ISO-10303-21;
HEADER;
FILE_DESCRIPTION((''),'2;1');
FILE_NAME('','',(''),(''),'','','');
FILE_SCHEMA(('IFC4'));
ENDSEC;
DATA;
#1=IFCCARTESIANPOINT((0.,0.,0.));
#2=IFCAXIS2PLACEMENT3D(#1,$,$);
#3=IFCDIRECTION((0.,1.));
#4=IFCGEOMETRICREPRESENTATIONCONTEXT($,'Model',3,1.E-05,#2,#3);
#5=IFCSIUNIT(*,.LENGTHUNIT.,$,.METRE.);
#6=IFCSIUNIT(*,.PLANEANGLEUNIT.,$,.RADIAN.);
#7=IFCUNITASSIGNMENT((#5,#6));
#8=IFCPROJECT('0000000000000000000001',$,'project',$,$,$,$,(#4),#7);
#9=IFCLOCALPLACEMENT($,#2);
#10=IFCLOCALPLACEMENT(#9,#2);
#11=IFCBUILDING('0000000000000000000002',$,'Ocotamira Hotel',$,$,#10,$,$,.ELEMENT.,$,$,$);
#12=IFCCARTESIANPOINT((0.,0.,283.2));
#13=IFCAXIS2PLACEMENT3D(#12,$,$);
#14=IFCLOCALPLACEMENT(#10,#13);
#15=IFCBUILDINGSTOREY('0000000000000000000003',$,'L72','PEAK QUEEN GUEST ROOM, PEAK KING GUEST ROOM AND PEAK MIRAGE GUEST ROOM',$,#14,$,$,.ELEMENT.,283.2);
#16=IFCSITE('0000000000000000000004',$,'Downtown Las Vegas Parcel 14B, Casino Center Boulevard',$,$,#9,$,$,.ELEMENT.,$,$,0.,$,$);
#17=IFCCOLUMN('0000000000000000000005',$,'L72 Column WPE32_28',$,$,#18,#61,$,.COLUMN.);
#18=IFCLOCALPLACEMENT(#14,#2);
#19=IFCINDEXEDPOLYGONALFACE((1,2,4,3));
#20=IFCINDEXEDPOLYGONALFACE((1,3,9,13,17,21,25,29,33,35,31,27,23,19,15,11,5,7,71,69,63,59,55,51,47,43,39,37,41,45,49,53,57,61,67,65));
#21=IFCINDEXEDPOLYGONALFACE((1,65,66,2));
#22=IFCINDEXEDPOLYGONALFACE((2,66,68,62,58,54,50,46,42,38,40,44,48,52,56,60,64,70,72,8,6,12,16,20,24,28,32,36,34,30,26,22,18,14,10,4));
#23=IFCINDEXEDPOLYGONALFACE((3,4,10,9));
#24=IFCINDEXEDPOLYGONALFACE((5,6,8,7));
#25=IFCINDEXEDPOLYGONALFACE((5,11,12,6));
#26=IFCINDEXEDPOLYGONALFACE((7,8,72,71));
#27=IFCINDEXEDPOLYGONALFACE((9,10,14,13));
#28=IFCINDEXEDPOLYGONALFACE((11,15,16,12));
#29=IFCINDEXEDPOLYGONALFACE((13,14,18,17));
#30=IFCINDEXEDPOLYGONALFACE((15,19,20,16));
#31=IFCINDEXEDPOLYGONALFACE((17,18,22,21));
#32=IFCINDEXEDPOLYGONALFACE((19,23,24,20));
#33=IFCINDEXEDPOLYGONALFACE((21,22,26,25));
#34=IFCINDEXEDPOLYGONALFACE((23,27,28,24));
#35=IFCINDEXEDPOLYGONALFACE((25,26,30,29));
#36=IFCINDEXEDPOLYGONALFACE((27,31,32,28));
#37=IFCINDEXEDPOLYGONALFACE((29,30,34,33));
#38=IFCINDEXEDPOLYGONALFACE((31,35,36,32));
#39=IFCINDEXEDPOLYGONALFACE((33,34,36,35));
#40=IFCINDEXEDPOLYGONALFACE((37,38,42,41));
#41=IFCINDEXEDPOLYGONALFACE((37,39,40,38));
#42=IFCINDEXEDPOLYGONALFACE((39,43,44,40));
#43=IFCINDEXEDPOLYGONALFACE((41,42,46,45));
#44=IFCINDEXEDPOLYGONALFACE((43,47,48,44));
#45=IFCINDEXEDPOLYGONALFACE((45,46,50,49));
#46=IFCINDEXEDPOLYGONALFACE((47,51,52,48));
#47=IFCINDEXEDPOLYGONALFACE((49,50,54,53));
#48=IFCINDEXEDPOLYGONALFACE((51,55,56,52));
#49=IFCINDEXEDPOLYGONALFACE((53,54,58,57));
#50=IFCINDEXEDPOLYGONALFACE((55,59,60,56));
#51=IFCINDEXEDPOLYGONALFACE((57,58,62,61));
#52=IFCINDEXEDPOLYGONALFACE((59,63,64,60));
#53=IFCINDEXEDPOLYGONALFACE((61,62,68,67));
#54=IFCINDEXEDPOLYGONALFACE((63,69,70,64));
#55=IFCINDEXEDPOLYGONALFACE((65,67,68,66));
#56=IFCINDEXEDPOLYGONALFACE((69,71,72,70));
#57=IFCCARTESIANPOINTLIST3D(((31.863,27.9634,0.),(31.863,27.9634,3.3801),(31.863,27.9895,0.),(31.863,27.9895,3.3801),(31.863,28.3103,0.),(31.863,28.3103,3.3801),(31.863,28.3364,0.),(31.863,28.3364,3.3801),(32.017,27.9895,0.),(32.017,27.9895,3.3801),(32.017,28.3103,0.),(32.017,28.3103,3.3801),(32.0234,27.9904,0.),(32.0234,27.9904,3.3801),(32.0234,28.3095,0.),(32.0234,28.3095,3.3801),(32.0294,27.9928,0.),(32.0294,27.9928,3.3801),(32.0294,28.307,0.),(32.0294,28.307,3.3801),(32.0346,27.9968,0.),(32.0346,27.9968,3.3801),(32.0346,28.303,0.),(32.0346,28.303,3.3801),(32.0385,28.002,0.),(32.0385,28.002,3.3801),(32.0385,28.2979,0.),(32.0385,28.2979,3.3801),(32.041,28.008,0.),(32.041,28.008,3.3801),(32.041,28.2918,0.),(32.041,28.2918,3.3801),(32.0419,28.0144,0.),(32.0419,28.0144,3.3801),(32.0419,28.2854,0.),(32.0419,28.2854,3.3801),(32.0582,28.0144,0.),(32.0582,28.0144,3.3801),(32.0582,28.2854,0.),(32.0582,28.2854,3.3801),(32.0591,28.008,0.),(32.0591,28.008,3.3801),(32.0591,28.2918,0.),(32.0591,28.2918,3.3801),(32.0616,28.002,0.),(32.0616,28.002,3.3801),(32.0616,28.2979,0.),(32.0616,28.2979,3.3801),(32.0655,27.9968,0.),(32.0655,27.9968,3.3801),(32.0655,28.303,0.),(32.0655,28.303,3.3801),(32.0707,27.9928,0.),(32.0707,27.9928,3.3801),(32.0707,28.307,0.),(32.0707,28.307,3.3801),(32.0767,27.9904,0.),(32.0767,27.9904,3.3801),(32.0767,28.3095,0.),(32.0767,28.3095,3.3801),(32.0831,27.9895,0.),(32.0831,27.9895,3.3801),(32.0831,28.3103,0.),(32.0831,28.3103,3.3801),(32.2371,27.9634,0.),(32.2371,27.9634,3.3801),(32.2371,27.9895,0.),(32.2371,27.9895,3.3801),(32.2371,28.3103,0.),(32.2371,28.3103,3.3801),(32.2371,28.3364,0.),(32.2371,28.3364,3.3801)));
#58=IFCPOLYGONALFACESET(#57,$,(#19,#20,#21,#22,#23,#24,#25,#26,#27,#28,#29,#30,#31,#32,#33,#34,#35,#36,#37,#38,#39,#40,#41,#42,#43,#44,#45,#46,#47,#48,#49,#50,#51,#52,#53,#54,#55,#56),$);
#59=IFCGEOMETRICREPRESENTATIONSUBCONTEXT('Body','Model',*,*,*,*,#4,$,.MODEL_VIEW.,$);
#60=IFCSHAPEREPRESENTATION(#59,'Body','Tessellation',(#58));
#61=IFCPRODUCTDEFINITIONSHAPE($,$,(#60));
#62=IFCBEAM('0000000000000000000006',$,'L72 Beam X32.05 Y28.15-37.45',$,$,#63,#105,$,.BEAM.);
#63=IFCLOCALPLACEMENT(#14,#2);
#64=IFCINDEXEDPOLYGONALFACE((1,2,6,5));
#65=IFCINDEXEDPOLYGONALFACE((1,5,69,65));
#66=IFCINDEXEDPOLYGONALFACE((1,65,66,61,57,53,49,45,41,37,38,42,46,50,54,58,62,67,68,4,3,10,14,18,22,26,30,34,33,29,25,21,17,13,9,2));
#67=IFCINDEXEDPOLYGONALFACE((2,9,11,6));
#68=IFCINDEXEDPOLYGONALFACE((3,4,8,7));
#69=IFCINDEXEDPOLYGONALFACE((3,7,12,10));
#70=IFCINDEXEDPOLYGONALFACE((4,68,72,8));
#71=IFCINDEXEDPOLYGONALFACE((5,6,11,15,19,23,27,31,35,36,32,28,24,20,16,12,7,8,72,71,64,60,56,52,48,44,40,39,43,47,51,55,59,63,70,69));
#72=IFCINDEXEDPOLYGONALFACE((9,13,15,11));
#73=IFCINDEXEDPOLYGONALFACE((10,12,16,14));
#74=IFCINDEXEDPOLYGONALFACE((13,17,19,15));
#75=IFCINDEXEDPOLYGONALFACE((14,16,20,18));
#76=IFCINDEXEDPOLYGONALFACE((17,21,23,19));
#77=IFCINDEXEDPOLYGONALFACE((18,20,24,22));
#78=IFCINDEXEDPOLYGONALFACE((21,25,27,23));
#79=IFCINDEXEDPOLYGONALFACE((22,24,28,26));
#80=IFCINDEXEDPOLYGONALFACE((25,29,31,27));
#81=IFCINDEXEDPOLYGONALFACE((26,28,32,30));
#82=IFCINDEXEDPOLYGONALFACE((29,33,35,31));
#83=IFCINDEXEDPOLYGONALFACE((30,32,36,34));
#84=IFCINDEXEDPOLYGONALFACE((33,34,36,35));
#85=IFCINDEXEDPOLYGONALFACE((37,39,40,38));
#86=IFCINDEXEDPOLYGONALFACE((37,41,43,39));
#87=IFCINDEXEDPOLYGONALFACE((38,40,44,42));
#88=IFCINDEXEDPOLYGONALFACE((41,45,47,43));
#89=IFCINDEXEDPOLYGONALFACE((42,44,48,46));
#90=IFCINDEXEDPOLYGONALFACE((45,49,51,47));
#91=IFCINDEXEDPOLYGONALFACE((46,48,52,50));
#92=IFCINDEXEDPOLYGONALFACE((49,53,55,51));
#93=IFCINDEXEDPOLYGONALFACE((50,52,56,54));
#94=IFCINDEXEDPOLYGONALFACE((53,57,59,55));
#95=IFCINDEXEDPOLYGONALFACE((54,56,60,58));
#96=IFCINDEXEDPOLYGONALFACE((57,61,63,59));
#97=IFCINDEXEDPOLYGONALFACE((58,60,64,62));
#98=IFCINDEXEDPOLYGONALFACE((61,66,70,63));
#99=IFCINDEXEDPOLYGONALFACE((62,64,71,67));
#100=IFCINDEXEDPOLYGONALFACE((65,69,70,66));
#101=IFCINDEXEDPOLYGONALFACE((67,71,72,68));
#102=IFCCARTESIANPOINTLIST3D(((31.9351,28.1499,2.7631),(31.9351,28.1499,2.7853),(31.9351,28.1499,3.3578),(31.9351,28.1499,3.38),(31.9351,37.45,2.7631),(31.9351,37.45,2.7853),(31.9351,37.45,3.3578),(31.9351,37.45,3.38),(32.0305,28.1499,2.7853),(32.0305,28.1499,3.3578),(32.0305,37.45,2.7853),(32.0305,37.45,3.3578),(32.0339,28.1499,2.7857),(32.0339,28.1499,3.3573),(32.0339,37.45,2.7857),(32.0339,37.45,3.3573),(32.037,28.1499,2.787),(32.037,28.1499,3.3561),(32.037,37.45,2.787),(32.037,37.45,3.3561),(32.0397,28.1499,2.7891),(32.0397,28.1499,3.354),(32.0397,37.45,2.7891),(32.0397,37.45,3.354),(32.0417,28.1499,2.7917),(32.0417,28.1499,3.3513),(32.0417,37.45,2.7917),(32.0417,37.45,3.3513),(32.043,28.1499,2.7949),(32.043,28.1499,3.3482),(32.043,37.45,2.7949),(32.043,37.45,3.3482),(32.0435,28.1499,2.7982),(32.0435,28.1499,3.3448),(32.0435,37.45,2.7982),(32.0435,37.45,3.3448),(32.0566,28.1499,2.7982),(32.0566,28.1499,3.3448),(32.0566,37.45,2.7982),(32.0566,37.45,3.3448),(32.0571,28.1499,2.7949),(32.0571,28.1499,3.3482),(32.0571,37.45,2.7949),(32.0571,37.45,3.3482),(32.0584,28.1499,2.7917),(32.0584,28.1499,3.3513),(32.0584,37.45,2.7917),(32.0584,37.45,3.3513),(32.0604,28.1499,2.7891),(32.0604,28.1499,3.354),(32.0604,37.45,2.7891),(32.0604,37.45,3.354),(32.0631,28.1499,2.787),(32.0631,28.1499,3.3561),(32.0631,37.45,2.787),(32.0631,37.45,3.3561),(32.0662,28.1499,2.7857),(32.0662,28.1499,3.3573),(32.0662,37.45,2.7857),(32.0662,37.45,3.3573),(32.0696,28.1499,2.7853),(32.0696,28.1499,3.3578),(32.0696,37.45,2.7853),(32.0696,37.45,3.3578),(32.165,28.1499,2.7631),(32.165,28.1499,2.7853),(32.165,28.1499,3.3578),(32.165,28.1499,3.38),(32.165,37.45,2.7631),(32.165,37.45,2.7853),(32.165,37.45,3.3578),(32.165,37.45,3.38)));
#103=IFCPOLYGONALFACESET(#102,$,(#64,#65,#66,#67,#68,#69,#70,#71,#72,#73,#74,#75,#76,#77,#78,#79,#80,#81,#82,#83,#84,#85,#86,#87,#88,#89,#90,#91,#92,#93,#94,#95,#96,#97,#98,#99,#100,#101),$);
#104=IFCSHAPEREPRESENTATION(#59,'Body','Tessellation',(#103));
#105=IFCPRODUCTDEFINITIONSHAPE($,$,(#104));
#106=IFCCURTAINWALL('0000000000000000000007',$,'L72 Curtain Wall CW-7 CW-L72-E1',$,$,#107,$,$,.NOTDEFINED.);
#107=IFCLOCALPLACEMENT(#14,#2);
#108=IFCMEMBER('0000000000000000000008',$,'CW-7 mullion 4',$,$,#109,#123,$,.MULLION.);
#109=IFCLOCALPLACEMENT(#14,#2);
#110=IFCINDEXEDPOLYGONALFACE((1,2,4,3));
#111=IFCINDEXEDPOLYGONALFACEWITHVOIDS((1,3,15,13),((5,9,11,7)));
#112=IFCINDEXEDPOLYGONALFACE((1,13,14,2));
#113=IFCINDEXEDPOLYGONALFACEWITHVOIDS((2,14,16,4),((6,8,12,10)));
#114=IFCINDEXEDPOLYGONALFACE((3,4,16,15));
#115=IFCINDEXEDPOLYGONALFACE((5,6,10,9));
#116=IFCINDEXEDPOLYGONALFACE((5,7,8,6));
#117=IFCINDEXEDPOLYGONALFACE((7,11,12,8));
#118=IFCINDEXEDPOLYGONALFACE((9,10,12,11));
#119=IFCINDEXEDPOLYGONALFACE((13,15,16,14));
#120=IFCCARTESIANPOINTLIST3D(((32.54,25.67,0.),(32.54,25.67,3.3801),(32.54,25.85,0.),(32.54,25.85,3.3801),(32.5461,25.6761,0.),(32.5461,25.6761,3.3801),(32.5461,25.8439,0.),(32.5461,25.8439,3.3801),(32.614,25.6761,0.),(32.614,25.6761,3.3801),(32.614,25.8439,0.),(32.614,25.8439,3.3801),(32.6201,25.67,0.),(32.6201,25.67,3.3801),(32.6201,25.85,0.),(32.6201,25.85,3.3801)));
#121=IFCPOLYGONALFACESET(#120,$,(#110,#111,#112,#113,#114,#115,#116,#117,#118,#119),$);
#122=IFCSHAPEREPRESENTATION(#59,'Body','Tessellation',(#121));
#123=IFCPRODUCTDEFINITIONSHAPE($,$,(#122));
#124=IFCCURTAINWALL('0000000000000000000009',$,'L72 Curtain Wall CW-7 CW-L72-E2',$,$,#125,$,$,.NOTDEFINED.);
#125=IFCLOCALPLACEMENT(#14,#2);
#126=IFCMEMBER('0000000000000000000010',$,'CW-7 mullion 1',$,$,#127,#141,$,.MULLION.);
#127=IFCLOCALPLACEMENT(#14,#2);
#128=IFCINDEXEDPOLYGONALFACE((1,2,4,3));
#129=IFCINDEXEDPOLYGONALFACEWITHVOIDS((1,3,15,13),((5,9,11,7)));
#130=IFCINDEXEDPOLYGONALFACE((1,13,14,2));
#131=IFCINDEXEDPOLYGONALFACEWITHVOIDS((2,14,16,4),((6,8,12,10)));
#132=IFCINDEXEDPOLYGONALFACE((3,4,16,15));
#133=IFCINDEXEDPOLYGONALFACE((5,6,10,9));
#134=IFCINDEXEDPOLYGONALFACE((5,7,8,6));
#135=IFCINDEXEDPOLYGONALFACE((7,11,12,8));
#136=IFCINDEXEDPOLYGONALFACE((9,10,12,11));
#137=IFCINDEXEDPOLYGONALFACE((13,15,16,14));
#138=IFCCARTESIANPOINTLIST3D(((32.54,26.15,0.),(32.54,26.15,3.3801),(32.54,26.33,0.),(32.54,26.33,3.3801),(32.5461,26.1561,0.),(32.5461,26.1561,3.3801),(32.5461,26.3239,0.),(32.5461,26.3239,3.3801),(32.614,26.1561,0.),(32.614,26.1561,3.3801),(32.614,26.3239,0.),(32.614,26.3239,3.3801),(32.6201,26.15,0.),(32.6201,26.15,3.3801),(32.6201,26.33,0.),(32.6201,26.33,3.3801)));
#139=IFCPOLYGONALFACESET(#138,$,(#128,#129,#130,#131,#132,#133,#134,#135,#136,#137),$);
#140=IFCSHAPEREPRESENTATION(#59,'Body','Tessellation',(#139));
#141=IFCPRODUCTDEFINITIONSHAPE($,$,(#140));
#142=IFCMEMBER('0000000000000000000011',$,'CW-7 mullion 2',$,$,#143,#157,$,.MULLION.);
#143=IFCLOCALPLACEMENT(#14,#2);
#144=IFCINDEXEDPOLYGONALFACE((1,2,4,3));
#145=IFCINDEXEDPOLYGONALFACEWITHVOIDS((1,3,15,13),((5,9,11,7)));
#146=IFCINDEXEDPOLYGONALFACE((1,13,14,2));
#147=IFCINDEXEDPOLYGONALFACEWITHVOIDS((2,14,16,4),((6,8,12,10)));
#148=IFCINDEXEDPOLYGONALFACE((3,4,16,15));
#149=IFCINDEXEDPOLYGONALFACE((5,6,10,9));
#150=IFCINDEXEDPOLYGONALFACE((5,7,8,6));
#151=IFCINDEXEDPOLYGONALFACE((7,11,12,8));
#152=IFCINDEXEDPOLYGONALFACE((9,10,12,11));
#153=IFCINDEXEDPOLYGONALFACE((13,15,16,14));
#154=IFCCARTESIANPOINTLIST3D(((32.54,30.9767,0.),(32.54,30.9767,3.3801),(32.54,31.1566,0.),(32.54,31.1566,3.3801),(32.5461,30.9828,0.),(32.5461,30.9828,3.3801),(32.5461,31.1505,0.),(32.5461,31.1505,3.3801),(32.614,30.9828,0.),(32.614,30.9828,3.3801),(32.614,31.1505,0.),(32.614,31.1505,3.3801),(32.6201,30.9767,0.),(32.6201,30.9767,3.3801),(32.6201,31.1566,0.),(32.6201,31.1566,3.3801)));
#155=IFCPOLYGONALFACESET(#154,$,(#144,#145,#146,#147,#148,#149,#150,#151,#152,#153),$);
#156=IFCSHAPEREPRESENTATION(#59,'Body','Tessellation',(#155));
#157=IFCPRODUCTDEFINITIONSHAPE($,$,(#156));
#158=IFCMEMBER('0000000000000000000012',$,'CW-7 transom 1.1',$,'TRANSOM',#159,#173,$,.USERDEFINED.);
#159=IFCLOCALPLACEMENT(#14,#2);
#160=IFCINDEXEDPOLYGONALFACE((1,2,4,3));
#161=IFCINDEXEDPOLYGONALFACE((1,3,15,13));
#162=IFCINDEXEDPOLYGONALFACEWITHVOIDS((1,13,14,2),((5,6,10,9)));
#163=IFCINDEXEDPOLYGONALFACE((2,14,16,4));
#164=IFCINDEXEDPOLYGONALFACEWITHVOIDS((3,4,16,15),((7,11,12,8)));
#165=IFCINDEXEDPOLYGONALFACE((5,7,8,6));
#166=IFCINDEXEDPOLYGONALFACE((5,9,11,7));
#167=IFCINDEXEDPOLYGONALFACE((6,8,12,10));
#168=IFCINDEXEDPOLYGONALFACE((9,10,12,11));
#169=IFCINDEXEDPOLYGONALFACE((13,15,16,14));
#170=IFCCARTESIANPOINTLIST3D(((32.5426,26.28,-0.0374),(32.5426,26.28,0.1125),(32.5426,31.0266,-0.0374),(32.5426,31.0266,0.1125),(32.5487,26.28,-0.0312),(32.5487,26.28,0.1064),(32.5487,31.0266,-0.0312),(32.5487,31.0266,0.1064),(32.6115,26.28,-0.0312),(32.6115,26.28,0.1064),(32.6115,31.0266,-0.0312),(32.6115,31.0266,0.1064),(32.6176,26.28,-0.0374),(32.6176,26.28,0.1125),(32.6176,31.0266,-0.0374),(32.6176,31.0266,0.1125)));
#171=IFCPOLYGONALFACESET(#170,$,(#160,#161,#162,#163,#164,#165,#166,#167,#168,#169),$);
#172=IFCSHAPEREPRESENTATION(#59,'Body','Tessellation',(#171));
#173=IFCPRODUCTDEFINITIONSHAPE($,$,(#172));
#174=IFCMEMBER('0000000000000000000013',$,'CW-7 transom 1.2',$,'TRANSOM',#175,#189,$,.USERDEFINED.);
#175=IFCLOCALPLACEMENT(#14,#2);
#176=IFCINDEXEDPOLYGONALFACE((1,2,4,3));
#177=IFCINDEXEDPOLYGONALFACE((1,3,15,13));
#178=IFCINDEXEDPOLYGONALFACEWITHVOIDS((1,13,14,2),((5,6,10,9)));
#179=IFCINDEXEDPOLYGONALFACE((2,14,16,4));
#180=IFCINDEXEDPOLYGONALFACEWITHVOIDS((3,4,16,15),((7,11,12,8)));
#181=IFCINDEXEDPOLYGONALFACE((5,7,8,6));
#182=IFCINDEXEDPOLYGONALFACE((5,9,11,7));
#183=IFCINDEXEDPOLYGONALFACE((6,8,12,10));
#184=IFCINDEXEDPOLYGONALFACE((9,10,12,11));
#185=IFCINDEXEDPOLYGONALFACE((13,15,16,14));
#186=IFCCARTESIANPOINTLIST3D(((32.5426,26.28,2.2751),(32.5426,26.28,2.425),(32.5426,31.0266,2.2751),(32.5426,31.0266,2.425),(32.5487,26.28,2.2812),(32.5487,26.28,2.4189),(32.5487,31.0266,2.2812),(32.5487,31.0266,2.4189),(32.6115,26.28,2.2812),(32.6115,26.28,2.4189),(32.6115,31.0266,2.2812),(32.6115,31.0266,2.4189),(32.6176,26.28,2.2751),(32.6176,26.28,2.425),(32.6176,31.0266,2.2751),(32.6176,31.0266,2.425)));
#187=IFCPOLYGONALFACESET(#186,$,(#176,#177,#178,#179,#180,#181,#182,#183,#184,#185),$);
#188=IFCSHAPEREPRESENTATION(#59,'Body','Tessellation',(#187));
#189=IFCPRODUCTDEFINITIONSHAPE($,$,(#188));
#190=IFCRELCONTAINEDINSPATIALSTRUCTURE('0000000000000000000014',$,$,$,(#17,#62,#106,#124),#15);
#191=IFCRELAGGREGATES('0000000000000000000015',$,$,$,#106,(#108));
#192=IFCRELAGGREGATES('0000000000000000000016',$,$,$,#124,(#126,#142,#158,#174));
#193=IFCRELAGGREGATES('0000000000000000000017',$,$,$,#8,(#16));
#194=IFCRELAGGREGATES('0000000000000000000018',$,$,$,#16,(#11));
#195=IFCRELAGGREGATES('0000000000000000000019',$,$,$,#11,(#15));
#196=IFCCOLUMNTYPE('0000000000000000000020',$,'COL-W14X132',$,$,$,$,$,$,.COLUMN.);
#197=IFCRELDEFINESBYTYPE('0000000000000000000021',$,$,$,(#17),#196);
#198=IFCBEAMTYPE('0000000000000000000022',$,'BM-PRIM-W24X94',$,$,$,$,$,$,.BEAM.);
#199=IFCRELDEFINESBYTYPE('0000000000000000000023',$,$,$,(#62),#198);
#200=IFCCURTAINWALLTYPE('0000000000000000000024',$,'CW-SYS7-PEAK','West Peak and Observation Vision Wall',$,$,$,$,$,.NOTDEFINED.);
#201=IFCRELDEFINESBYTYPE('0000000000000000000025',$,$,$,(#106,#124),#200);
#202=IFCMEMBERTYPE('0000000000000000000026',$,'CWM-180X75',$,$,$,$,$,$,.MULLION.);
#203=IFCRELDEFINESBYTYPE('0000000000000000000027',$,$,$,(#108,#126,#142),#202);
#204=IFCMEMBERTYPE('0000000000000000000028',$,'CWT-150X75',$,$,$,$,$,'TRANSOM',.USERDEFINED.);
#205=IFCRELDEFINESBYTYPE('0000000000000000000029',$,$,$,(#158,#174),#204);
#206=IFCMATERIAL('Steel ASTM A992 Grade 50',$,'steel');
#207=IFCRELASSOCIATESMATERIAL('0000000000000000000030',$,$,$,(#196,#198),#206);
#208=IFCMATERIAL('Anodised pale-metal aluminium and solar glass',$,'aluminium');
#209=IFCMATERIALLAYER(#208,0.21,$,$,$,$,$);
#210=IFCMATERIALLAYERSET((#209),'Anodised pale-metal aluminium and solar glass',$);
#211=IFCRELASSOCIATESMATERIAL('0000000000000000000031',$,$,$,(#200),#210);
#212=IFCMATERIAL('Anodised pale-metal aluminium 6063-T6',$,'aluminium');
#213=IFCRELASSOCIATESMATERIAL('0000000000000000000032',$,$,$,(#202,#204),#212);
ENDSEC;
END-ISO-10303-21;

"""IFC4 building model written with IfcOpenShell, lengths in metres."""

from ifc_helpers import new_model, si_unit, direction, frame, origin, origin_2d, place, context, subcontext, project, spatial, hollow_rectangle, i_section, extrude, source, transform, mapped, material, layer, layer_set, material_profile, profile_set, type_object, element, aggregate, save


model = new_model("IFC4")

# Units and contexts
model_context = context("Model", 3, precision=1e-05, world=origin(), true_north=direction((0.0, 1.0)))
body_context = subcontext(model_context, "Body", "Model", "MODEL_VIEW")
ifc_project = project(units=[si_unit("LENGTHUNIT", "METRE"), si_unit("PLANEANGLEUNIT", "RADIAN")], contexts=[model_context])

# Site, building, storey
site_placement = place(None, origin())
site = spatial("IfcSite", under=ifc_project, at=site_placement, Name="Downtown Las Vegas Parcel 14B, Casino Center Boulevard", CompositionType="ELEMENT", RefElevation=0.0)
building_placement = place(site_placement, origin())
building = spatial("IfcBuilding", under=site, at=building_placement, Name="Ocotamira Hotel", CompositionType="ELEMENT")
storey_placement = place(building_placement, frame((0.0, 0.0, 283.2)))
storey = spatial("IfcBuildingStorey", under=building, at=storey_placement, Name="L72", Description="PEAK QUEEN GUEST ROOM, PEAK KING GUEST ROOM AND PEAK MIRAGE GUEST ROOM", CompositionType="ELEMENT", Elevation=283.2)

# Column
ifc_material_1 = material(Name="Steel ASTM A992 Grade 50", Category="steel")
ifc_material_profile_1 = material_profile(ifc_material_1, i_section(OverallWidth=0.374, OverallDepth=0.373, WebThickness=0.0164, FlangeThickness=0.0261, FilletRadius=0.0249, at=origin_2d()), Name="W14X132")
ifc_profile_set_1 = profile_set([ifc_material_profile_1], Name="Steel ASTM A992 Grade 50")
column_type = type_object("IfcColumnType", Name="COL-W14X132", PredefinedType="COLUMN", material=ifc_profile_set_1)
shared_shape_1 = source(origin(), body_context, "Body", "SweptSolid", [
    extrude(i_section(OverallWidth=0.374, OverallDepth=0.373, WebThickness=0.0164, FlangeThickness=0.0261, FilletRadius=0.0249, at=origin_2d()), origin(), (0.0, 0.0, 1.0), 3.3801),
])
column_placement = place(storey_placement, frame((32.05, 28.1499, 0.0), z_axis=(0.0, 0.0, 1.0), x_axis=(1.0, 0.0, 0.0)))
element("IfcColumn", 1, at=column_placement, inside=storey, type_object=column_type, Name="L72 Column WPE32_28", PredefinedType="COLUMN", context=body_context, shape_type="MappedRepresentation", body=[
    mapped(shared_shape_1, transform((0.0, 0.0, 0.0), scale=1.0)),
])

# Beam
ifc_material_profile_2 = material_profile(ifc_material_1, i_section(OverallWidth=0.23, OverallDepth=0.6169, WebThickness=0.0132, FlangeThickness=0.0222, FilletRadius=0.0129, at=origin_2d()), Name="W24X94")
ifc_profile_set_2 = profile_set([ifc_material_profile_2], Name="Steel ASTM A992 Grade 50")
beam_type = type_object("IfcBeamType", Name="BM-PRIM-W24X94", PredefinedType="BEAM", material=ifc_profile_set_2)
shared_shape_2 = source(origin(), body_context, "Body", "SweptSolid", [
    extrude(i_section(OverallWidth=0.23, OverallDepth=0.6169, WebThickness=0.0132, FlangeThickness=0.0222, FilletRadius=0.0129, at=origin_2d()), origin(), (0.0, 0.0, 1.0), 9.3),
])
beam_placement = place(storey_placement, frame((32.05, 28.1499, 3.0715), z_axis=(0.0, 1.0, 0.0), x_axis=(-1.0, 0.0, 0.0)))
element("IfcBeam", 2, at=beam_placement, inside=storey, type_object=beam_type, Name="L72 Beam X32.05 Y28.15-37.45", PredefinedType="BEAM", context=body_context, shape_type="MappedRepresentation", body=[
    mapped(shared_shape_2, transform((0.0, 0.0, 0.0), scale=1.0)),
])

# Curtain wall, member
ifc_material_2 = material(Name="Anodised pale-metal aluminium and solar glass", Category="aluminium")
ifc_layer_1 = layer(ifc_material_2, 0.21)
ifc_layer_set_1 = layer_set([ifc_layer_1], Name="Anodised pale-metal aluminium and solar glass")
curtain_wall_type = type_object("IfcCurtainWallType", Name="CW-SYS7-PEAK", Description="West Peak and Observation Vision Wall", PredefinedType="NOTDEFINED", material=ifc_layer_set_1)
curtain_wall_1_placement = place(storey_placement, origin())
curtain_wall_1 = element("IfcCurtainWall", 3, at=curtain_wall_1_placement, inside=storey, type_object=curtain_wall_type, Name="L72 Curtain Wall CW-7 CW-L72-E1", PredefinedType="NOTDEFINED")
ifc_material_3 = material(Name="Anodised pale-metal aluminium 6063-T6", Category="aluminium")
ifc_material_profile_3 = material_profile(ifc_material_3, hollow_rectangle(XDim=0.0801, YDim=0.1799, WallThickness=0.0061, at=origin_2d()), Name="HSS180X80X6")
ifc_profile_set_3 = profile_set([ifc_material_profile_3], Name="Anodised pale-metal aluminium 6063-T6")
member_type_1 = type_object("IfcMemberType", Name="CWM-180X75", PredefinedType="MULLION", material=ifc_profile_set_3)
shared_shape_3 = source(origin(), body_context, "Body", "SweptSolid", [
    extrude(hollow_rectangle(XDim=0.0801, YDim=0.1799, WallThickness=0.0061, at=origin_2d()), origin(), (0.0, 0.0, 1.0), 3.3801),
])
member_1_placement = place(storey_placement, frame((32.5801, 25.76, 0.0), z_axis=(0.0, 0.0, 1.0), x_axis=(-1.0, 0.0, 0.0)))
member_1 = element("IfcMember", 4, at=member_1_placement, type_object=member_type_1, Name="CW-7 mullion 4", PredefinedType="MULLION", context=body_context, shape_type="MappedRepresentation", body=[
    mapped(shared_shape_3, transform((0.0, 0.0, 0.0), scale=1.0)),
])
aggregate(curtain_wall_1, [member_1])

# Curtain wall, members
curtain_wall_2_placement = place(storey_placement, origin())
curtain_wall_2 = element("IfcCurtainWall", 5, at=curtain_wall_2_placement, inside=storey, type_object=curtain_wall_type, Name="L72 Curtain Wall CW-7 CW-L72-E2", PredefinedType="NOTDEFINED")
member_2_placement = place(storey_placement, frame((32.5801, 26.24, 0.0), z_axis=(0.0, 0.0, 1.0), x_axis=(-1.0, 0.0, 0.0)))
member_2 = element("IfcMember", 6, at=member_2_placement, type_object=member_type_1, Name="CW-7 mullion 1", PredefinedType="MULLION", context=body_context, shape_type="MappedRepresentation", body=[
    mapped(shared_shape_3, transform((0.0, 0.0, 0.0), scale=1.0)),
])
member_3_placement = place(storey_placement, frame((32.5801, 31.0667, 0.0), z_axis=(0.0, 0.0, 1.0), x_axis=(-1.0, 0.0, 0.0)))
member_3 = element("IfcMember", 7, at=member_3_placement, type_object=member_type_1, Name="CW-7 mullion 2", PredefinedType="MULLION", context=body_context, shape_type="MappedRepresentation", body=[
    mapped(shared_shape_3, transform((0.0, 0.0, 0.0), scale=1.0)),
])
ifc_material_profile_4 = material_profile(ifc_material_3, hollow_rectangle(XDim=0.075, YDim=0.1499, WallThickness=0.0061, at=origin_2d()), Name="HSS150X75X6")
ifc_profile_set_4 = profile_set([ifc_material_profile_4], Name="Anodised pale-metal aluminium 6063-T6")
member_type_2 = type_object("IfcMemberType", Name="CWT-150X75", ElementType="TRANSOM", PredefinedType="USERDEFINED", material=ifc_profile_set_4)
shared_shape_4 = source(origin(), body_context, "Body", "SweptSolid", [
    extrude(hollow_rectangle(XDim=0.075, YDim=0.1499, WallThickness=0.0061, at=origin_2d()), origin(), (0.0, 0.0, 1.0), 4.7466),
])
member_4_placement = place(storey_placement, frame((32.5801, 26.28, 0.0376), z_axis=(0.0, 1.0, 0.0), x_axis=(-1.0, 0.0, 0.0)))
member_4 = element("IfcMember", 8, at=member_4_placement, type_object=member_type_2, Name="CW-7 transom 1.1", ObjectType="TRANSOM", PredefinedType="USERDEFINED", context=body_context, shape_type="MappedRepresentation", body=[
    mapped(shared_shape_4, transform((0.0, 0.0, 0.0), scale=1.0)),
])
member_5_placement = place(storey_placement, frame((32.5801, 26.28, 2.3501), z_axis=(0.0, 1.0, 0.0), x_axis=(-1.0, 0.0, 0.0)))
member_5 = element("IfcMember", 9, at=member_5_placement, type_object=member_type_2, Name="CW-7 transom 1.2", ObjectType="TRANSOM", PredefinedType="USERDEFINED", context=body_context, shape_type="MappedRepresentation", body=[
    mapped(shared_shape_4, transform((0.0, 0.0, 0.0), scale=1.0)),
])
aggregate(curtain_wall_2, [member_2, member_3, member_4, member_5])

save(model, "model.ifc")
